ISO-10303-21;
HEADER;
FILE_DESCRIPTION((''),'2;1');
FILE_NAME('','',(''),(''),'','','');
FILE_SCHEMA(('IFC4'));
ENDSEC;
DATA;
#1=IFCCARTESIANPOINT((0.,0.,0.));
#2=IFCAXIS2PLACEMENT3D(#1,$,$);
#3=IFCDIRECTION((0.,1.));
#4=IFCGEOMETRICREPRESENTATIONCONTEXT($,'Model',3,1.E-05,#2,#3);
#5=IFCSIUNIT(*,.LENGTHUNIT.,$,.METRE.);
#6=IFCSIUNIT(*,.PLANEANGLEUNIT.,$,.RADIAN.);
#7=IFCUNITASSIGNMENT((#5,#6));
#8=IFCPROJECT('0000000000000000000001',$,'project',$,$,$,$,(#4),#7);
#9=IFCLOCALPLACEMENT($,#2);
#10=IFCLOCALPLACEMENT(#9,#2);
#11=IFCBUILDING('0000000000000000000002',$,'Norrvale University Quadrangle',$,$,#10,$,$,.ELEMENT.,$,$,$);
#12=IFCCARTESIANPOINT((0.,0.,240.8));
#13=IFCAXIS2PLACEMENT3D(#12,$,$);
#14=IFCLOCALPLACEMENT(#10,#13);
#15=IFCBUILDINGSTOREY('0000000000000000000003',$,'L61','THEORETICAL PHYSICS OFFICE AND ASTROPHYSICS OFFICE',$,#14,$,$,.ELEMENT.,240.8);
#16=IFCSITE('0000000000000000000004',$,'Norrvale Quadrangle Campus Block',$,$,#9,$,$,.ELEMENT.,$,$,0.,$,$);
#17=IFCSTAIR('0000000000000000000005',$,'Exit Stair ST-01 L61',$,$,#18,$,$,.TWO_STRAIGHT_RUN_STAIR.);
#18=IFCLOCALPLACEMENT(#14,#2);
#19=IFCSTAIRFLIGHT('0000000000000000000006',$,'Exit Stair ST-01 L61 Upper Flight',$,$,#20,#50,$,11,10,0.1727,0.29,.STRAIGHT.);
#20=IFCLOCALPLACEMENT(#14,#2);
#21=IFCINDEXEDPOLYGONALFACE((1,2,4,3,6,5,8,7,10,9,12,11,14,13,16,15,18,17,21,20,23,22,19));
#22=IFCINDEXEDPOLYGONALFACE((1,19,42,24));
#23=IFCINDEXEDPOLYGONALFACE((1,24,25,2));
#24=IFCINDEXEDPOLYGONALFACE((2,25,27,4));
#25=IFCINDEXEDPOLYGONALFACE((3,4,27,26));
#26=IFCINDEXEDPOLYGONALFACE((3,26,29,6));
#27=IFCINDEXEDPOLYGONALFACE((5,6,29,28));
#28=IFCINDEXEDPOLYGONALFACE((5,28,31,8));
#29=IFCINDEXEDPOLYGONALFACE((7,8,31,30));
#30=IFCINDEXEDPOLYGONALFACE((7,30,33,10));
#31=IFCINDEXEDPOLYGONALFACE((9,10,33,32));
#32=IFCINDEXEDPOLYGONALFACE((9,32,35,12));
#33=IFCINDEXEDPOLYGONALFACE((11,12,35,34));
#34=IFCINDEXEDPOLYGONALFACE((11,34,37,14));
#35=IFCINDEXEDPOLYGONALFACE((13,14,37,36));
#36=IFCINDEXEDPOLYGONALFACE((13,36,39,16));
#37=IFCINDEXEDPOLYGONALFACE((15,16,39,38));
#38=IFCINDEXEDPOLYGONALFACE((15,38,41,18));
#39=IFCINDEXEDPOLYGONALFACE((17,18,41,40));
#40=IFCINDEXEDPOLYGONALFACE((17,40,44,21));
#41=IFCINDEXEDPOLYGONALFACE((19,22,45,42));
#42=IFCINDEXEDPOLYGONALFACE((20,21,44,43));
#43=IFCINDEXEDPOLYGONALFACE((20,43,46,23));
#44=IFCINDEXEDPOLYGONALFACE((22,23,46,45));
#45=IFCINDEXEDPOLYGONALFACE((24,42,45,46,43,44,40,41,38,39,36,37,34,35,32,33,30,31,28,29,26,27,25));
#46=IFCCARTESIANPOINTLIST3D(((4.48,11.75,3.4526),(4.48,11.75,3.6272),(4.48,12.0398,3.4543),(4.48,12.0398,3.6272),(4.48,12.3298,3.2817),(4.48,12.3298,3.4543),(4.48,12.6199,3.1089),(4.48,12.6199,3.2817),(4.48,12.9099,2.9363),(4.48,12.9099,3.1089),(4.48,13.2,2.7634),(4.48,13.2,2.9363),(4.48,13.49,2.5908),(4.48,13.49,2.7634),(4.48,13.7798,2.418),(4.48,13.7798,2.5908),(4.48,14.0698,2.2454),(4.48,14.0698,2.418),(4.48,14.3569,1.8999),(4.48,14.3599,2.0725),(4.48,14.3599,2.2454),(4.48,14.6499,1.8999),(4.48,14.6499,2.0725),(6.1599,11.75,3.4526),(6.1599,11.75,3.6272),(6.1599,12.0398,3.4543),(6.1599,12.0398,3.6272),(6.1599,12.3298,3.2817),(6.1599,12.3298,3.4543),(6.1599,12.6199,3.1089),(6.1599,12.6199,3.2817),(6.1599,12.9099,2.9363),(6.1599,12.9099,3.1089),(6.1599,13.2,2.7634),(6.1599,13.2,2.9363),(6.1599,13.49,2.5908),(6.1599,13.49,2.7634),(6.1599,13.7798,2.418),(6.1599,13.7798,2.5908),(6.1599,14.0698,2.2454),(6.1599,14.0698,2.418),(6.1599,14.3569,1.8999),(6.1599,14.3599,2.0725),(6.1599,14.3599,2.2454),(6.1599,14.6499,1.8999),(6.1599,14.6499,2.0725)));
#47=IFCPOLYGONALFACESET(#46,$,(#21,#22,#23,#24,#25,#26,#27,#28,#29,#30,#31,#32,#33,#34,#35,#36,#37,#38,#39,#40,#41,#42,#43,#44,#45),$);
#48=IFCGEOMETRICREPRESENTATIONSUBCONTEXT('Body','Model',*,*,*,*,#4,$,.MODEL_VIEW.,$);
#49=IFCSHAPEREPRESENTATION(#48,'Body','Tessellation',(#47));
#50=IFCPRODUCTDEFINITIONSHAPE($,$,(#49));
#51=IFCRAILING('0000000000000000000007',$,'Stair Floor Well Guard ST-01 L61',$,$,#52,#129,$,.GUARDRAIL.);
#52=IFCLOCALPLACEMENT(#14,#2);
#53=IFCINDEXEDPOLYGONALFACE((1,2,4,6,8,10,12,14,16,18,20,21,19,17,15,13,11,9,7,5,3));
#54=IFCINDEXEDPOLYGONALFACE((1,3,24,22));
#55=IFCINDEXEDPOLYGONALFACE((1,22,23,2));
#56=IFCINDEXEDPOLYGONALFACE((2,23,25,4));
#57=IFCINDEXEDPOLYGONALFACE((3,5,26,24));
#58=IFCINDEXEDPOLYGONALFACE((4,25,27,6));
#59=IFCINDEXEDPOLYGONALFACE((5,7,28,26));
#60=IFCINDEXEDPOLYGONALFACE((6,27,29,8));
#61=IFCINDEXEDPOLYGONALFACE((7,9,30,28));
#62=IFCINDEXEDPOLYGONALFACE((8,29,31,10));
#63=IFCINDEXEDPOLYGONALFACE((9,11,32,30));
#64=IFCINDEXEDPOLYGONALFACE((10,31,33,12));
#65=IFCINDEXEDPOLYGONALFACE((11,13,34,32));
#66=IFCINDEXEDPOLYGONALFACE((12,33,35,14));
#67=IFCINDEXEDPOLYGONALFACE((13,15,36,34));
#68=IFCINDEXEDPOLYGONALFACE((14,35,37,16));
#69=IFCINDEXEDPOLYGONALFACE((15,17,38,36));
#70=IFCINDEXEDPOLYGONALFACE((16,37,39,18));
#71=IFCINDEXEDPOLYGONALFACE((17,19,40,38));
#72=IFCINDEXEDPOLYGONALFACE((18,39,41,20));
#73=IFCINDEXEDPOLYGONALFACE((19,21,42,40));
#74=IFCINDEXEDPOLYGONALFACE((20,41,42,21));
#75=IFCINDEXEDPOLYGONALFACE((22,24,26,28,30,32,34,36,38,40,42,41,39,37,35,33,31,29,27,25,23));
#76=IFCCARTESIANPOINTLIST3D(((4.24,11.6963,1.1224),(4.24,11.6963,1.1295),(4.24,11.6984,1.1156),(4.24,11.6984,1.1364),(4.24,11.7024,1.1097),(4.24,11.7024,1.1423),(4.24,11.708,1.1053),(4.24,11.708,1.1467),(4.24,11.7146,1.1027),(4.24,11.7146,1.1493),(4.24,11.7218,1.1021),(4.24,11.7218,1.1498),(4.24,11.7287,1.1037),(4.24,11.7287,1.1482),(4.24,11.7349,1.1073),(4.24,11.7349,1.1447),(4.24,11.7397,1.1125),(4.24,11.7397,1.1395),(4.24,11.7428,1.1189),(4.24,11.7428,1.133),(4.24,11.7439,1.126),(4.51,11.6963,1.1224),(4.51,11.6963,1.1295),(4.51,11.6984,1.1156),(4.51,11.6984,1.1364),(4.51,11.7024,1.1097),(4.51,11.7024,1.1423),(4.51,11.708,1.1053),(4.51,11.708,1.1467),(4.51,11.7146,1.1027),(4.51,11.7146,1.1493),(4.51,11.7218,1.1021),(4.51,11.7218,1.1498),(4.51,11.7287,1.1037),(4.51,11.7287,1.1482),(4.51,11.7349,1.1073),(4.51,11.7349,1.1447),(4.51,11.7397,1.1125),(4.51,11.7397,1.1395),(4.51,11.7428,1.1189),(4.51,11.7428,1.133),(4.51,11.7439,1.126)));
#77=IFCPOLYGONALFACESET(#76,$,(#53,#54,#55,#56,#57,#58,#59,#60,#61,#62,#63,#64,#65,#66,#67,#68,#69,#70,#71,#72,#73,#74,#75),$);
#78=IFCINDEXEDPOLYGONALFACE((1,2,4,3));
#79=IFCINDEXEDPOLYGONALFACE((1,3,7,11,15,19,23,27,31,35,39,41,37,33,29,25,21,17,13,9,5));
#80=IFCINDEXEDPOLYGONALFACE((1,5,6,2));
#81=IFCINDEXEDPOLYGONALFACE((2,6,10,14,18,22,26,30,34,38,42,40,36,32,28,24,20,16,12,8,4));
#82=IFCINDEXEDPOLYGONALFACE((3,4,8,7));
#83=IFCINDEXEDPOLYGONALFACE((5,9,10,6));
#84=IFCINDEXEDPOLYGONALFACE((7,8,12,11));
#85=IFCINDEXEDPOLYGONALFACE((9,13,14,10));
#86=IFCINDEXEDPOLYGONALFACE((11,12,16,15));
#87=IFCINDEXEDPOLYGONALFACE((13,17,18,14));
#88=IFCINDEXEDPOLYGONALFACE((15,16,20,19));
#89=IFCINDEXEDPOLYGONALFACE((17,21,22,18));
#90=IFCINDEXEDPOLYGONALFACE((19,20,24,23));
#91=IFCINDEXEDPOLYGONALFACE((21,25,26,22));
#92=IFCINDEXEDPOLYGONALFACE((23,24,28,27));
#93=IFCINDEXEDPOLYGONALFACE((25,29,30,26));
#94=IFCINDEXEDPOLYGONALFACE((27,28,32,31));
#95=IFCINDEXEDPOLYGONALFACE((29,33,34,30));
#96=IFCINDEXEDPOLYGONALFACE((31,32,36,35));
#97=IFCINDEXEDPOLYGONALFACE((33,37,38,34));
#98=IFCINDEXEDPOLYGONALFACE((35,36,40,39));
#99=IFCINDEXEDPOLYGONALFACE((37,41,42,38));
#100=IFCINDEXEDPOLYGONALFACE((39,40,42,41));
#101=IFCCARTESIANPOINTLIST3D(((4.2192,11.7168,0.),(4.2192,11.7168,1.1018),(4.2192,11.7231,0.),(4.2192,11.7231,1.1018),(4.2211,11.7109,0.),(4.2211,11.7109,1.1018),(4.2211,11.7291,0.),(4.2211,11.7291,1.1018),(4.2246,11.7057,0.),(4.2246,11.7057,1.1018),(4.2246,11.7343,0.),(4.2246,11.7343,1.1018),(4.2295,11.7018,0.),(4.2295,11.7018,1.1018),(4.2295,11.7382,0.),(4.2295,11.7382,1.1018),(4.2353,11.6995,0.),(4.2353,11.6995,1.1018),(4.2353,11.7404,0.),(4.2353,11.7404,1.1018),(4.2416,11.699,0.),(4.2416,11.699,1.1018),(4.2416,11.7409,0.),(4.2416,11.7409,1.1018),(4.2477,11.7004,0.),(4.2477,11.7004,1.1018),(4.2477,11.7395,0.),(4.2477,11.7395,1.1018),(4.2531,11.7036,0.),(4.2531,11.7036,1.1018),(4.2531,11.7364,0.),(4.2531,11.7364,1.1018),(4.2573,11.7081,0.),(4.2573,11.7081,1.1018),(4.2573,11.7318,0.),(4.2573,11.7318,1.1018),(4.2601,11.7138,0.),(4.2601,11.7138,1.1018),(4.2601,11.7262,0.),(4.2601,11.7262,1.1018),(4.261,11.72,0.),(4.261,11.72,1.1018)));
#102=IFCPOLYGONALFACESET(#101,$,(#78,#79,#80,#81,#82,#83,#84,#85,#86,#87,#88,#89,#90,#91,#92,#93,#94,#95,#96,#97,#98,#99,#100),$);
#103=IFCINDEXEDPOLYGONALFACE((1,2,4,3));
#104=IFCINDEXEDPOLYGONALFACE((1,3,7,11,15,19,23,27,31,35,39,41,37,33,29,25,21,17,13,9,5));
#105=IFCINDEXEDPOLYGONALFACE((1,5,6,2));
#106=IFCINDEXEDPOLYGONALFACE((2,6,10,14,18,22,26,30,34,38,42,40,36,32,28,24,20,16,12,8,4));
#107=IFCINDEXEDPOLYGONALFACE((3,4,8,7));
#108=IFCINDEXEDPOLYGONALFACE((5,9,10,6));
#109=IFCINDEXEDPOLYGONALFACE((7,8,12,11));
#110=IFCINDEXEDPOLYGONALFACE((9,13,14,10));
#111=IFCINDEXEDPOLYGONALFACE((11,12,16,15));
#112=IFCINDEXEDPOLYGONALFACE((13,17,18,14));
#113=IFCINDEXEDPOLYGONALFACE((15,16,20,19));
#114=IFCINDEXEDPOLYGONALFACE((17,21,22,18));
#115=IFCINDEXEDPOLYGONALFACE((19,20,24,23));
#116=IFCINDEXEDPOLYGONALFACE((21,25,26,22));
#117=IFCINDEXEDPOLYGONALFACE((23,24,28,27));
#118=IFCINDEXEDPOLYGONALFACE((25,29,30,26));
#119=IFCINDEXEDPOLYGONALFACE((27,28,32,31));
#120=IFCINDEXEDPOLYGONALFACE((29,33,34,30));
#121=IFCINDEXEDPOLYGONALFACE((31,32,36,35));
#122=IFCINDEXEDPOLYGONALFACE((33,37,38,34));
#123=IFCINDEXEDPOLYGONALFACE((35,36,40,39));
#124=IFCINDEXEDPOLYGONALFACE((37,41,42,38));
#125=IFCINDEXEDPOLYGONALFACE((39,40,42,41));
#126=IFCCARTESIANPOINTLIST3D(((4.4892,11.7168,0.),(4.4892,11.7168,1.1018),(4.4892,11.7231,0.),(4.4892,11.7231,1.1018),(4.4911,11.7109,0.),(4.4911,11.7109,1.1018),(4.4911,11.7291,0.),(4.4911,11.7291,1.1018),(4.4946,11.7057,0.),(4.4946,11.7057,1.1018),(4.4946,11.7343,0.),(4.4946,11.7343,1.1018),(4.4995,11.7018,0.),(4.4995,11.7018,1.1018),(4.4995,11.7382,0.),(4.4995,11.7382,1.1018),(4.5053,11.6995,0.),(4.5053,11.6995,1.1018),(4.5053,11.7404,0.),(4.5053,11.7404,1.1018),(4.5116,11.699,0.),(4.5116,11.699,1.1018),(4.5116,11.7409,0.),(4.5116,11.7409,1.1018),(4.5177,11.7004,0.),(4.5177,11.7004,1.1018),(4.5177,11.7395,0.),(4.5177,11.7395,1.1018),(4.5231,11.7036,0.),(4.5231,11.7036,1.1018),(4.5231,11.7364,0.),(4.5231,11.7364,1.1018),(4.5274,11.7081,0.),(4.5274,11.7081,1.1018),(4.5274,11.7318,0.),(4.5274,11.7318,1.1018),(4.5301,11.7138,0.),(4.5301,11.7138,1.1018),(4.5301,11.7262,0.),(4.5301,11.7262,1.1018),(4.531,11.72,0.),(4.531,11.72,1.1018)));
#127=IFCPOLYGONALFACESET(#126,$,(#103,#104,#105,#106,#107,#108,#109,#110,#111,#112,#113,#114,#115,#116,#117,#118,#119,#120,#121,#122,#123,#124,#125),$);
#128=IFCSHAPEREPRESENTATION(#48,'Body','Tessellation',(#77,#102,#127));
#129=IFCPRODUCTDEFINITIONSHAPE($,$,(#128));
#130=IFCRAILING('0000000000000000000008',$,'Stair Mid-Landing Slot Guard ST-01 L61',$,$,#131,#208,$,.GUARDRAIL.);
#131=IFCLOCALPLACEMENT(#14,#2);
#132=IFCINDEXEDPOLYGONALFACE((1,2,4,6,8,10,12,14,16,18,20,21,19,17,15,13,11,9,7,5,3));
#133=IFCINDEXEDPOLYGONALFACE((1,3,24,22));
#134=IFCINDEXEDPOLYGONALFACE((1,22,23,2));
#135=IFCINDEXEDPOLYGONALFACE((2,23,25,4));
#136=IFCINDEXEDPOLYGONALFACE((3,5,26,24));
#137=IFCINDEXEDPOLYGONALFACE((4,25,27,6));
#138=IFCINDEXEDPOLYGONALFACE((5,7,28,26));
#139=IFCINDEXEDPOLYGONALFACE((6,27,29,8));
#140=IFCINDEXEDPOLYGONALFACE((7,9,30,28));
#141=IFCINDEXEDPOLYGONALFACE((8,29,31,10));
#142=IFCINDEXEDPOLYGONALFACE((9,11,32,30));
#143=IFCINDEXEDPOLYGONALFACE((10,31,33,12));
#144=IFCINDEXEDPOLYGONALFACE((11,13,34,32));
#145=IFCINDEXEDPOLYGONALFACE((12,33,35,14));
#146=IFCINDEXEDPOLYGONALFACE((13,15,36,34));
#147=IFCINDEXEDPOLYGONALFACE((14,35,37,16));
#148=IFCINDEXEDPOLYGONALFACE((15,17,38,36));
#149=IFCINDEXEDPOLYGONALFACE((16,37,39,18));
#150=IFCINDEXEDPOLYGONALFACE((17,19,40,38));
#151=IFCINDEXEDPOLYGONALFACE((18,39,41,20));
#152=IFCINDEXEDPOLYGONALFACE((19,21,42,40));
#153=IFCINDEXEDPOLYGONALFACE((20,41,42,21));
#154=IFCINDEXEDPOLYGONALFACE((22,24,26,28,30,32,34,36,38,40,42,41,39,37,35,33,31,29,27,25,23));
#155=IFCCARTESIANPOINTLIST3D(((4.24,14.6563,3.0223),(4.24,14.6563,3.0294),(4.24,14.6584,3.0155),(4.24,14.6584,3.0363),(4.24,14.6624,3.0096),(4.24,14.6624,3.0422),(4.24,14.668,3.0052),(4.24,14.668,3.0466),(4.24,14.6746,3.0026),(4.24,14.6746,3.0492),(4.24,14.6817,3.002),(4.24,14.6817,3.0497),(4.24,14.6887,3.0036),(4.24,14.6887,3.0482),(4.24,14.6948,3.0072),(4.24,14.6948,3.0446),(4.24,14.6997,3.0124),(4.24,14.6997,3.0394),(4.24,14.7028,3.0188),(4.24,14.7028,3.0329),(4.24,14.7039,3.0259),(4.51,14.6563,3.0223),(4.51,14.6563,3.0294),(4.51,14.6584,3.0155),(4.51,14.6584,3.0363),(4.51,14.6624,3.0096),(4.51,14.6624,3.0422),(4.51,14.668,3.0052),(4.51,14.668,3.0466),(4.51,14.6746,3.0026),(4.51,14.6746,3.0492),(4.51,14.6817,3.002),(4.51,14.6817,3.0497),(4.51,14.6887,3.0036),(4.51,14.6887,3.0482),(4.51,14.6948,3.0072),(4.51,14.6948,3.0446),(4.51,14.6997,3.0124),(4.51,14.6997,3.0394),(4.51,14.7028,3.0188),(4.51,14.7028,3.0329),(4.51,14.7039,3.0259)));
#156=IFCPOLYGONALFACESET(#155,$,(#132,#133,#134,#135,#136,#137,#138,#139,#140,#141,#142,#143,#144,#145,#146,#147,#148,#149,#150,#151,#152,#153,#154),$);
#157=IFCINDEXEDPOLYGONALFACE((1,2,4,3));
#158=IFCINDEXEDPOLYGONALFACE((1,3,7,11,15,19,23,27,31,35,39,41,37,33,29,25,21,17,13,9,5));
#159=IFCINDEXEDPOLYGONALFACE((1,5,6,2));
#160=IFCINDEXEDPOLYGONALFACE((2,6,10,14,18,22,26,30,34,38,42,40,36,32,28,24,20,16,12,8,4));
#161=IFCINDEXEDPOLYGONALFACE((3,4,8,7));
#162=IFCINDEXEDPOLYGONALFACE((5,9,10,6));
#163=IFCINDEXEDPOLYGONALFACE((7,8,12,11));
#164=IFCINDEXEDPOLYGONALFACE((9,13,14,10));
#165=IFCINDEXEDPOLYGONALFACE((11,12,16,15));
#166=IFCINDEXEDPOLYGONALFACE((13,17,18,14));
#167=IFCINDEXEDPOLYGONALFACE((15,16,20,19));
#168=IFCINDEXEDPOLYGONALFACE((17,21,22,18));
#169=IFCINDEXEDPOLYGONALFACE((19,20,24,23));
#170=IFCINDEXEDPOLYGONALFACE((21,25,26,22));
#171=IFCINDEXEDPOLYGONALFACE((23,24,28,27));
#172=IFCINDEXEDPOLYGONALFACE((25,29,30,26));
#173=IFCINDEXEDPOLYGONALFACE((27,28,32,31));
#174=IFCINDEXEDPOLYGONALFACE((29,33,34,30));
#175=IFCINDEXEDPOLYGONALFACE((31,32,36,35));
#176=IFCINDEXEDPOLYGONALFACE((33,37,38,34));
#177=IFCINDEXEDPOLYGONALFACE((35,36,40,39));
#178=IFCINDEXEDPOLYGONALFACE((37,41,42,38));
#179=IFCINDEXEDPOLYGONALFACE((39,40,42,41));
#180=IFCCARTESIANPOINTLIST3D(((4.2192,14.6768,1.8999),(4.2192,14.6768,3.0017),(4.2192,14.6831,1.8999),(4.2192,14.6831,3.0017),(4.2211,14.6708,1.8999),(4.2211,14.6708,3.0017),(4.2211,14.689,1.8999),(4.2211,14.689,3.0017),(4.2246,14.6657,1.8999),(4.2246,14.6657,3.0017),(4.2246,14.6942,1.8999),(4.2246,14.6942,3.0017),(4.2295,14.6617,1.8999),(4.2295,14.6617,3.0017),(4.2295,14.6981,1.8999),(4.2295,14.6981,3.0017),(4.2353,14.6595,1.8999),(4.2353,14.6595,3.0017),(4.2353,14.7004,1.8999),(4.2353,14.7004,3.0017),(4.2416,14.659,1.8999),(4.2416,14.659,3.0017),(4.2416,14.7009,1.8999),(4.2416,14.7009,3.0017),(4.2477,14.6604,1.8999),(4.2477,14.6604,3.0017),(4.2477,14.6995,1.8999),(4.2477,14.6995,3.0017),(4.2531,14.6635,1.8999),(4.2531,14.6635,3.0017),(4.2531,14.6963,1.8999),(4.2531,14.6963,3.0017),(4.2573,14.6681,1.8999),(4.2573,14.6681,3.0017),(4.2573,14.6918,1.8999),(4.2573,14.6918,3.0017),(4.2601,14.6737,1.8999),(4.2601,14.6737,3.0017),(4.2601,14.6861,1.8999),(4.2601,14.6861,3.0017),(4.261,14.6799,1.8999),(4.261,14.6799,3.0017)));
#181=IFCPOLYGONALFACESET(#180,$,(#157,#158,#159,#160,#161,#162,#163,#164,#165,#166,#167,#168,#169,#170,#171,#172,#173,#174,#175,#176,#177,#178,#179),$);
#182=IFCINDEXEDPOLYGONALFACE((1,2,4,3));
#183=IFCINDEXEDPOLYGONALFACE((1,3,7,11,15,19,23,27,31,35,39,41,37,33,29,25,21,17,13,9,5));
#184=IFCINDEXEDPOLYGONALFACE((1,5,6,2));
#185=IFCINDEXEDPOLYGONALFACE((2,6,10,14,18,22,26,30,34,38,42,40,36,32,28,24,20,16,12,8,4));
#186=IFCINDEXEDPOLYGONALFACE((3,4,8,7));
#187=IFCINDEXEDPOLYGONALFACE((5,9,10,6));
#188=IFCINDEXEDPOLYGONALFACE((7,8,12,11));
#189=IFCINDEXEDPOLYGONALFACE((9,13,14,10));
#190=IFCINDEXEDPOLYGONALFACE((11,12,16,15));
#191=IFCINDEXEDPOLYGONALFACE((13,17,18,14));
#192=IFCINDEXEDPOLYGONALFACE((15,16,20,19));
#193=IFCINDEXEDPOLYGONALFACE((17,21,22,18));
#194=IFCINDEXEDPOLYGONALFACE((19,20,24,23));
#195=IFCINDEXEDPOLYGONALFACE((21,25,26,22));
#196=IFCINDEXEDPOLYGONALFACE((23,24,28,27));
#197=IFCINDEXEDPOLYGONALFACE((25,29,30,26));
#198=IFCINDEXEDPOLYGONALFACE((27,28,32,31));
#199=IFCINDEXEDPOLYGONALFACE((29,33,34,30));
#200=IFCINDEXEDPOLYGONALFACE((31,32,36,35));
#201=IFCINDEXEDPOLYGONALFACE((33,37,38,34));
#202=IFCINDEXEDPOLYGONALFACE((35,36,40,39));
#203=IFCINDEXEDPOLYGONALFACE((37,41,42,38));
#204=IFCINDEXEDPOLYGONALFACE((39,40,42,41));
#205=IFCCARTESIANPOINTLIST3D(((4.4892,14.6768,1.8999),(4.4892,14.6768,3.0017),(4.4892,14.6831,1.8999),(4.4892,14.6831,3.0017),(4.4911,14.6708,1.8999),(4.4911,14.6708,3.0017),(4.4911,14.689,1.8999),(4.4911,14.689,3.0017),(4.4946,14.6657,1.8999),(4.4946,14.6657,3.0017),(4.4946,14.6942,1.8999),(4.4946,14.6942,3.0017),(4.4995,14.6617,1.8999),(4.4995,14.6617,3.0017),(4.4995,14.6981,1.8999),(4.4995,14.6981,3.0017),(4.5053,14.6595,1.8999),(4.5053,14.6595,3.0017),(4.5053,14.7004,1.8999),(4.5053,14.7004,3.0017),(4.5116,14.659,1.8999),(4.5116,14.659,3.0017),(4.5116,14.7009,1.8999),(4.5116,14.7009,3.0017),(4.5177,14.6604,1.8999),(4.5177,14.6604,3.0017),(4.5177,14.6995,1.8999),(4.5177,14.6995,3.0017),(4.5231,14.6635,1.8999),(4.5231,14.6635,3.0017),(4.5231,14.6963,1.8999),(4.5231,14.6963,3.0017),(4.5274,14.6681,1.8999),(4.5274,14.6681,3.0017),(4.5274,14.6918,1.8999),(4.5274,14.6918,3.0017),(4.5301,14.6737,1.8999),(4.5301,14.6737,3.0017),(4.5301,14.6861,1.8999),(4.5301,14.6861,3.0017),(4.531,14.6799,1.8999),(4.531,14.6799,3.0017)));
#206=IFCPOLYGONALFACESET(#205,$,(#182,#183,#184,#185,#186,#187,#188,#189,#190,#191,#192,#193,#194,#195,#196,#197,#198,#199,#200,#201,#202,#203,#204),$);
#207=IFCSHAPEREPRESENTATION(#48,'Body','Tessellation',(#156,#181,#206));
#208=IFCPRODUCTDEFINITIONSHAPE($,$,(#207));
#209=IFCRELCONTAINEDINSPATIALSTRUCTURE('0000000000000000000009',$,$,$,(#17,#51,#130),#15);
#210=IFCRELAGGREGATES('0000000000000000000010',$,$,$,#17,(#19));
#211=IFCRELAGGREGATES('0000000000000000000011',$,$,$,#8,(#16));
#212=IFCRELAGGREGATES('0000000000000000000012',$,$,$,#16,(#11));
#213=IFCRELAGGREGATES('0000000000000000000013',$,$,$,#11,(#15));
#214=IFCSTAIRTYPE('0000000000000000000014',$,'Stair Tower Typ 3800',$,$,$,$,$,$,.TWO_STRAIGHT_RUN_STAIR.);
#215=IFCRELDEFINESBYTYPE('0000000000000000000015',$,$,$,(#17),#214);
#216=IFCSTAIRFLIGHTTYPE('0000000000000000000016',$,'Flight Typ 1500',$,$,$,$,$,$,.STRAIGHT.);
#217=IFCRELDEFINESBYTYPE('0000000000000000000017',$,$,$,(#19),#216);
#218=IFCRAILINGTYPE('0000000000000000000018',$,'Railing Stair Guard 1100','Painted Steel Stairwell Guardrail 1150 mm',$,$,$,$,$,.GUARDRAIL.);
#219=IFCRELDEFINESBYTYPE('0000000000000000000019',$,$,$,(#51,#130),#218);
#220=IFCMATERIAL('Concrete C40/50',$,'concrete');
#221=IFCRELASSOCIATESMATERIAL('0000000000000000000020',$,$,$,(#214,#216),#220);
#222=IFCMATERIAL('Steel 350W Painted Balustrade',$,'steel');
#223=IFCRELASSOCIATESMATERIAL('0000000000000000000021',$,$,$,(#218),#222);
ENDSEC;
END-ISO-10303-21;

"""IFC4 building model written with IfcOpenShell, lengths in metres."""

from ifc_helpers import new_model, si_unit, direction, frame, origin, origin_2d, place, context, subcontext, project, spatial, polyline, circle, outline, extrude, material, type_object, element, aggregate, save


model = new_model("IFC4")

# Units and contexts
model_context = context("Model", 3, precision=1e-05, world=origin(), true_north=direction((0.0, 1.0)))
body_context = subcontext(model_context, "Body", "Model", "MODEL_VIEW")
ifc_project = project(units=[si_unit("LENGTHUNIT", "METRE"), si_unit("PLANEANGLEUNIT", "RADIAN")], contexts=[model_context])

# Site, building, storey
site_placement = place(None, origin())
site = spatial("IfcSite", under=ifc_project, at=site_placement, Name="Norrvale Quadrangle Campus Block", CompositionType="ELEMENT", RefElevation=0.0)
building_placement = place(site_placement, origin())
building = spatial("IfcBuilding", under=site, at=building_placement, Name="Norrvale University Quadrangle", CompositionType="ELEMENT")
storey_placement = place(building_placement, frame((0.0, 0.0, 240.8)))
storey = spatial("IfcBuildingStorey", under=building, at=storey_placement, Name="L61", Description="THEORETICAL PHYSICS OFFICE AND ASTROPHYSICS OFFICE", CompositionType="ELEMENT", Elevation=240.8)

# Stair, stair flight
ifc_material_1 = material(Name="Concrete C40/50", Category="concrete")
stair_type = type_object("IfcStairType", Name="Stair Tower Typ 3800", PredefinedType="TWO_STRAIGHT_RUN_STAIR", material=ifc_material_1)
stair_placement = place(storey_placement, origin())
stair = element("IfcStair", 1, at=stair_placement, inside=storey, type_object=stair_type, Name="Exit Stair ST-01 L61", PredefinedType="TWO_STRAIGHT_RUN_STAIR")
stair_flight_type = type_object("IfcStairFlightType", Name="Flight Typ 1500", PredefinedType="STRAIGHT", material=ifc_material_1)
stair_flight_1_placement = place(storey_placement, frame((5.3201, 14.6499, 1.8999), z_axis=(0.0, 0.0, 1.0), x_axis=(0.0, -1.0, 0.0)))
stair_flight_1 = element("IfcStairFlight", 2, at=stair_flight_1_placement, type_object=stair_flight_type, Name="Exit Stair ST-01 L61 Upper Flight", NumberOfRisers=11, NumberOfTreads=10, PredefinedType="STRAIGHT", RiserHeight=0.1727, TreadLength=0.29, context=body_context, shape_type="SweptSolid", body=[
    extrude(outline(polyline([(0.0, 0.0), (0.0, 0.1726), (0.29, 0.1726), (0.29, 0.3455), (0.5801, 0.3455), (0.5801, 0.5181), (0.8701, 0.5181), (0.8701, 0.6909), (1.1599, 0.6909), (1.1599, 0.8635), (1.45, 0.8635), (1.45, 1.0364), (1.74, 1.0364), (1.74, 1.209), (2.03, 1.209), (2.03, 1.3818), (2.3201, 1.3818), (2.3201, 1.5544), (2.6101, 1.5544), (2.6101, 1.7273), (2.8999, 1.7273), (2.8999, 1.8999), (2.8999, 1.5527), (0.293, 0.0), (0.0, 0.0)])), frame((0.0, 0.8398, 0.0), z_axis=(0.0, -1.0, 0.0), x_axis=(1.0, 0.0, 0.0)), (0.0, 0.0, 1.0), 1.6799),
])
aggregate(stair, [stair_flight_1])

# Railings
ifc_material_2 = material(Name="Steel 350W Painted Balustrade", Category="steel")
railing_type_1 = type_object("IfcRailingType", Name="Railing Stair Guard 1100", Description="Painted Steel Stairwell Guardrail 1150 mm", PredefinedType="GUARDRAIL", material=ifc_material_2)
for number, where, name in (
    (3, (4.24, 11.72, 0.0), "Stair Floor Well Guard ST-01 L61"),
    (4, (4.24, 14.6799, 1.8999), "Stair Mid-Landing Slot Guard ST-01 L61"),
):
    element("IfcRailing", number, at=place(storey_placement, frame(where)), inside=storey, type_object=railing_type_1, Name=name, PredefinedType="GUARDRAIL", context=body_context, shape_type="SweptSolid", body=[
        extrude(circle(Radius=0.0239, at=origin_2d()), frame((0.0, 0.0, 1.126), z_axis=(1.0, 0.0, 0.0), x_axis=(0.0, 1.0, 0.0)), (0.0, 0.0, 1.0), 0.27),
        extrude(circle(Radius=0.021, at=origin_2d()), origin(), (0.0, 0.0, 1.0), 1.1018),
        extrude(circle(Radius=0.021, at=origin_2d()), frame((0.27, 0.0, 0.0)), (0.0, 0.0, 1.0), 1.1018),
    ])

save(model, "model.ifc")
